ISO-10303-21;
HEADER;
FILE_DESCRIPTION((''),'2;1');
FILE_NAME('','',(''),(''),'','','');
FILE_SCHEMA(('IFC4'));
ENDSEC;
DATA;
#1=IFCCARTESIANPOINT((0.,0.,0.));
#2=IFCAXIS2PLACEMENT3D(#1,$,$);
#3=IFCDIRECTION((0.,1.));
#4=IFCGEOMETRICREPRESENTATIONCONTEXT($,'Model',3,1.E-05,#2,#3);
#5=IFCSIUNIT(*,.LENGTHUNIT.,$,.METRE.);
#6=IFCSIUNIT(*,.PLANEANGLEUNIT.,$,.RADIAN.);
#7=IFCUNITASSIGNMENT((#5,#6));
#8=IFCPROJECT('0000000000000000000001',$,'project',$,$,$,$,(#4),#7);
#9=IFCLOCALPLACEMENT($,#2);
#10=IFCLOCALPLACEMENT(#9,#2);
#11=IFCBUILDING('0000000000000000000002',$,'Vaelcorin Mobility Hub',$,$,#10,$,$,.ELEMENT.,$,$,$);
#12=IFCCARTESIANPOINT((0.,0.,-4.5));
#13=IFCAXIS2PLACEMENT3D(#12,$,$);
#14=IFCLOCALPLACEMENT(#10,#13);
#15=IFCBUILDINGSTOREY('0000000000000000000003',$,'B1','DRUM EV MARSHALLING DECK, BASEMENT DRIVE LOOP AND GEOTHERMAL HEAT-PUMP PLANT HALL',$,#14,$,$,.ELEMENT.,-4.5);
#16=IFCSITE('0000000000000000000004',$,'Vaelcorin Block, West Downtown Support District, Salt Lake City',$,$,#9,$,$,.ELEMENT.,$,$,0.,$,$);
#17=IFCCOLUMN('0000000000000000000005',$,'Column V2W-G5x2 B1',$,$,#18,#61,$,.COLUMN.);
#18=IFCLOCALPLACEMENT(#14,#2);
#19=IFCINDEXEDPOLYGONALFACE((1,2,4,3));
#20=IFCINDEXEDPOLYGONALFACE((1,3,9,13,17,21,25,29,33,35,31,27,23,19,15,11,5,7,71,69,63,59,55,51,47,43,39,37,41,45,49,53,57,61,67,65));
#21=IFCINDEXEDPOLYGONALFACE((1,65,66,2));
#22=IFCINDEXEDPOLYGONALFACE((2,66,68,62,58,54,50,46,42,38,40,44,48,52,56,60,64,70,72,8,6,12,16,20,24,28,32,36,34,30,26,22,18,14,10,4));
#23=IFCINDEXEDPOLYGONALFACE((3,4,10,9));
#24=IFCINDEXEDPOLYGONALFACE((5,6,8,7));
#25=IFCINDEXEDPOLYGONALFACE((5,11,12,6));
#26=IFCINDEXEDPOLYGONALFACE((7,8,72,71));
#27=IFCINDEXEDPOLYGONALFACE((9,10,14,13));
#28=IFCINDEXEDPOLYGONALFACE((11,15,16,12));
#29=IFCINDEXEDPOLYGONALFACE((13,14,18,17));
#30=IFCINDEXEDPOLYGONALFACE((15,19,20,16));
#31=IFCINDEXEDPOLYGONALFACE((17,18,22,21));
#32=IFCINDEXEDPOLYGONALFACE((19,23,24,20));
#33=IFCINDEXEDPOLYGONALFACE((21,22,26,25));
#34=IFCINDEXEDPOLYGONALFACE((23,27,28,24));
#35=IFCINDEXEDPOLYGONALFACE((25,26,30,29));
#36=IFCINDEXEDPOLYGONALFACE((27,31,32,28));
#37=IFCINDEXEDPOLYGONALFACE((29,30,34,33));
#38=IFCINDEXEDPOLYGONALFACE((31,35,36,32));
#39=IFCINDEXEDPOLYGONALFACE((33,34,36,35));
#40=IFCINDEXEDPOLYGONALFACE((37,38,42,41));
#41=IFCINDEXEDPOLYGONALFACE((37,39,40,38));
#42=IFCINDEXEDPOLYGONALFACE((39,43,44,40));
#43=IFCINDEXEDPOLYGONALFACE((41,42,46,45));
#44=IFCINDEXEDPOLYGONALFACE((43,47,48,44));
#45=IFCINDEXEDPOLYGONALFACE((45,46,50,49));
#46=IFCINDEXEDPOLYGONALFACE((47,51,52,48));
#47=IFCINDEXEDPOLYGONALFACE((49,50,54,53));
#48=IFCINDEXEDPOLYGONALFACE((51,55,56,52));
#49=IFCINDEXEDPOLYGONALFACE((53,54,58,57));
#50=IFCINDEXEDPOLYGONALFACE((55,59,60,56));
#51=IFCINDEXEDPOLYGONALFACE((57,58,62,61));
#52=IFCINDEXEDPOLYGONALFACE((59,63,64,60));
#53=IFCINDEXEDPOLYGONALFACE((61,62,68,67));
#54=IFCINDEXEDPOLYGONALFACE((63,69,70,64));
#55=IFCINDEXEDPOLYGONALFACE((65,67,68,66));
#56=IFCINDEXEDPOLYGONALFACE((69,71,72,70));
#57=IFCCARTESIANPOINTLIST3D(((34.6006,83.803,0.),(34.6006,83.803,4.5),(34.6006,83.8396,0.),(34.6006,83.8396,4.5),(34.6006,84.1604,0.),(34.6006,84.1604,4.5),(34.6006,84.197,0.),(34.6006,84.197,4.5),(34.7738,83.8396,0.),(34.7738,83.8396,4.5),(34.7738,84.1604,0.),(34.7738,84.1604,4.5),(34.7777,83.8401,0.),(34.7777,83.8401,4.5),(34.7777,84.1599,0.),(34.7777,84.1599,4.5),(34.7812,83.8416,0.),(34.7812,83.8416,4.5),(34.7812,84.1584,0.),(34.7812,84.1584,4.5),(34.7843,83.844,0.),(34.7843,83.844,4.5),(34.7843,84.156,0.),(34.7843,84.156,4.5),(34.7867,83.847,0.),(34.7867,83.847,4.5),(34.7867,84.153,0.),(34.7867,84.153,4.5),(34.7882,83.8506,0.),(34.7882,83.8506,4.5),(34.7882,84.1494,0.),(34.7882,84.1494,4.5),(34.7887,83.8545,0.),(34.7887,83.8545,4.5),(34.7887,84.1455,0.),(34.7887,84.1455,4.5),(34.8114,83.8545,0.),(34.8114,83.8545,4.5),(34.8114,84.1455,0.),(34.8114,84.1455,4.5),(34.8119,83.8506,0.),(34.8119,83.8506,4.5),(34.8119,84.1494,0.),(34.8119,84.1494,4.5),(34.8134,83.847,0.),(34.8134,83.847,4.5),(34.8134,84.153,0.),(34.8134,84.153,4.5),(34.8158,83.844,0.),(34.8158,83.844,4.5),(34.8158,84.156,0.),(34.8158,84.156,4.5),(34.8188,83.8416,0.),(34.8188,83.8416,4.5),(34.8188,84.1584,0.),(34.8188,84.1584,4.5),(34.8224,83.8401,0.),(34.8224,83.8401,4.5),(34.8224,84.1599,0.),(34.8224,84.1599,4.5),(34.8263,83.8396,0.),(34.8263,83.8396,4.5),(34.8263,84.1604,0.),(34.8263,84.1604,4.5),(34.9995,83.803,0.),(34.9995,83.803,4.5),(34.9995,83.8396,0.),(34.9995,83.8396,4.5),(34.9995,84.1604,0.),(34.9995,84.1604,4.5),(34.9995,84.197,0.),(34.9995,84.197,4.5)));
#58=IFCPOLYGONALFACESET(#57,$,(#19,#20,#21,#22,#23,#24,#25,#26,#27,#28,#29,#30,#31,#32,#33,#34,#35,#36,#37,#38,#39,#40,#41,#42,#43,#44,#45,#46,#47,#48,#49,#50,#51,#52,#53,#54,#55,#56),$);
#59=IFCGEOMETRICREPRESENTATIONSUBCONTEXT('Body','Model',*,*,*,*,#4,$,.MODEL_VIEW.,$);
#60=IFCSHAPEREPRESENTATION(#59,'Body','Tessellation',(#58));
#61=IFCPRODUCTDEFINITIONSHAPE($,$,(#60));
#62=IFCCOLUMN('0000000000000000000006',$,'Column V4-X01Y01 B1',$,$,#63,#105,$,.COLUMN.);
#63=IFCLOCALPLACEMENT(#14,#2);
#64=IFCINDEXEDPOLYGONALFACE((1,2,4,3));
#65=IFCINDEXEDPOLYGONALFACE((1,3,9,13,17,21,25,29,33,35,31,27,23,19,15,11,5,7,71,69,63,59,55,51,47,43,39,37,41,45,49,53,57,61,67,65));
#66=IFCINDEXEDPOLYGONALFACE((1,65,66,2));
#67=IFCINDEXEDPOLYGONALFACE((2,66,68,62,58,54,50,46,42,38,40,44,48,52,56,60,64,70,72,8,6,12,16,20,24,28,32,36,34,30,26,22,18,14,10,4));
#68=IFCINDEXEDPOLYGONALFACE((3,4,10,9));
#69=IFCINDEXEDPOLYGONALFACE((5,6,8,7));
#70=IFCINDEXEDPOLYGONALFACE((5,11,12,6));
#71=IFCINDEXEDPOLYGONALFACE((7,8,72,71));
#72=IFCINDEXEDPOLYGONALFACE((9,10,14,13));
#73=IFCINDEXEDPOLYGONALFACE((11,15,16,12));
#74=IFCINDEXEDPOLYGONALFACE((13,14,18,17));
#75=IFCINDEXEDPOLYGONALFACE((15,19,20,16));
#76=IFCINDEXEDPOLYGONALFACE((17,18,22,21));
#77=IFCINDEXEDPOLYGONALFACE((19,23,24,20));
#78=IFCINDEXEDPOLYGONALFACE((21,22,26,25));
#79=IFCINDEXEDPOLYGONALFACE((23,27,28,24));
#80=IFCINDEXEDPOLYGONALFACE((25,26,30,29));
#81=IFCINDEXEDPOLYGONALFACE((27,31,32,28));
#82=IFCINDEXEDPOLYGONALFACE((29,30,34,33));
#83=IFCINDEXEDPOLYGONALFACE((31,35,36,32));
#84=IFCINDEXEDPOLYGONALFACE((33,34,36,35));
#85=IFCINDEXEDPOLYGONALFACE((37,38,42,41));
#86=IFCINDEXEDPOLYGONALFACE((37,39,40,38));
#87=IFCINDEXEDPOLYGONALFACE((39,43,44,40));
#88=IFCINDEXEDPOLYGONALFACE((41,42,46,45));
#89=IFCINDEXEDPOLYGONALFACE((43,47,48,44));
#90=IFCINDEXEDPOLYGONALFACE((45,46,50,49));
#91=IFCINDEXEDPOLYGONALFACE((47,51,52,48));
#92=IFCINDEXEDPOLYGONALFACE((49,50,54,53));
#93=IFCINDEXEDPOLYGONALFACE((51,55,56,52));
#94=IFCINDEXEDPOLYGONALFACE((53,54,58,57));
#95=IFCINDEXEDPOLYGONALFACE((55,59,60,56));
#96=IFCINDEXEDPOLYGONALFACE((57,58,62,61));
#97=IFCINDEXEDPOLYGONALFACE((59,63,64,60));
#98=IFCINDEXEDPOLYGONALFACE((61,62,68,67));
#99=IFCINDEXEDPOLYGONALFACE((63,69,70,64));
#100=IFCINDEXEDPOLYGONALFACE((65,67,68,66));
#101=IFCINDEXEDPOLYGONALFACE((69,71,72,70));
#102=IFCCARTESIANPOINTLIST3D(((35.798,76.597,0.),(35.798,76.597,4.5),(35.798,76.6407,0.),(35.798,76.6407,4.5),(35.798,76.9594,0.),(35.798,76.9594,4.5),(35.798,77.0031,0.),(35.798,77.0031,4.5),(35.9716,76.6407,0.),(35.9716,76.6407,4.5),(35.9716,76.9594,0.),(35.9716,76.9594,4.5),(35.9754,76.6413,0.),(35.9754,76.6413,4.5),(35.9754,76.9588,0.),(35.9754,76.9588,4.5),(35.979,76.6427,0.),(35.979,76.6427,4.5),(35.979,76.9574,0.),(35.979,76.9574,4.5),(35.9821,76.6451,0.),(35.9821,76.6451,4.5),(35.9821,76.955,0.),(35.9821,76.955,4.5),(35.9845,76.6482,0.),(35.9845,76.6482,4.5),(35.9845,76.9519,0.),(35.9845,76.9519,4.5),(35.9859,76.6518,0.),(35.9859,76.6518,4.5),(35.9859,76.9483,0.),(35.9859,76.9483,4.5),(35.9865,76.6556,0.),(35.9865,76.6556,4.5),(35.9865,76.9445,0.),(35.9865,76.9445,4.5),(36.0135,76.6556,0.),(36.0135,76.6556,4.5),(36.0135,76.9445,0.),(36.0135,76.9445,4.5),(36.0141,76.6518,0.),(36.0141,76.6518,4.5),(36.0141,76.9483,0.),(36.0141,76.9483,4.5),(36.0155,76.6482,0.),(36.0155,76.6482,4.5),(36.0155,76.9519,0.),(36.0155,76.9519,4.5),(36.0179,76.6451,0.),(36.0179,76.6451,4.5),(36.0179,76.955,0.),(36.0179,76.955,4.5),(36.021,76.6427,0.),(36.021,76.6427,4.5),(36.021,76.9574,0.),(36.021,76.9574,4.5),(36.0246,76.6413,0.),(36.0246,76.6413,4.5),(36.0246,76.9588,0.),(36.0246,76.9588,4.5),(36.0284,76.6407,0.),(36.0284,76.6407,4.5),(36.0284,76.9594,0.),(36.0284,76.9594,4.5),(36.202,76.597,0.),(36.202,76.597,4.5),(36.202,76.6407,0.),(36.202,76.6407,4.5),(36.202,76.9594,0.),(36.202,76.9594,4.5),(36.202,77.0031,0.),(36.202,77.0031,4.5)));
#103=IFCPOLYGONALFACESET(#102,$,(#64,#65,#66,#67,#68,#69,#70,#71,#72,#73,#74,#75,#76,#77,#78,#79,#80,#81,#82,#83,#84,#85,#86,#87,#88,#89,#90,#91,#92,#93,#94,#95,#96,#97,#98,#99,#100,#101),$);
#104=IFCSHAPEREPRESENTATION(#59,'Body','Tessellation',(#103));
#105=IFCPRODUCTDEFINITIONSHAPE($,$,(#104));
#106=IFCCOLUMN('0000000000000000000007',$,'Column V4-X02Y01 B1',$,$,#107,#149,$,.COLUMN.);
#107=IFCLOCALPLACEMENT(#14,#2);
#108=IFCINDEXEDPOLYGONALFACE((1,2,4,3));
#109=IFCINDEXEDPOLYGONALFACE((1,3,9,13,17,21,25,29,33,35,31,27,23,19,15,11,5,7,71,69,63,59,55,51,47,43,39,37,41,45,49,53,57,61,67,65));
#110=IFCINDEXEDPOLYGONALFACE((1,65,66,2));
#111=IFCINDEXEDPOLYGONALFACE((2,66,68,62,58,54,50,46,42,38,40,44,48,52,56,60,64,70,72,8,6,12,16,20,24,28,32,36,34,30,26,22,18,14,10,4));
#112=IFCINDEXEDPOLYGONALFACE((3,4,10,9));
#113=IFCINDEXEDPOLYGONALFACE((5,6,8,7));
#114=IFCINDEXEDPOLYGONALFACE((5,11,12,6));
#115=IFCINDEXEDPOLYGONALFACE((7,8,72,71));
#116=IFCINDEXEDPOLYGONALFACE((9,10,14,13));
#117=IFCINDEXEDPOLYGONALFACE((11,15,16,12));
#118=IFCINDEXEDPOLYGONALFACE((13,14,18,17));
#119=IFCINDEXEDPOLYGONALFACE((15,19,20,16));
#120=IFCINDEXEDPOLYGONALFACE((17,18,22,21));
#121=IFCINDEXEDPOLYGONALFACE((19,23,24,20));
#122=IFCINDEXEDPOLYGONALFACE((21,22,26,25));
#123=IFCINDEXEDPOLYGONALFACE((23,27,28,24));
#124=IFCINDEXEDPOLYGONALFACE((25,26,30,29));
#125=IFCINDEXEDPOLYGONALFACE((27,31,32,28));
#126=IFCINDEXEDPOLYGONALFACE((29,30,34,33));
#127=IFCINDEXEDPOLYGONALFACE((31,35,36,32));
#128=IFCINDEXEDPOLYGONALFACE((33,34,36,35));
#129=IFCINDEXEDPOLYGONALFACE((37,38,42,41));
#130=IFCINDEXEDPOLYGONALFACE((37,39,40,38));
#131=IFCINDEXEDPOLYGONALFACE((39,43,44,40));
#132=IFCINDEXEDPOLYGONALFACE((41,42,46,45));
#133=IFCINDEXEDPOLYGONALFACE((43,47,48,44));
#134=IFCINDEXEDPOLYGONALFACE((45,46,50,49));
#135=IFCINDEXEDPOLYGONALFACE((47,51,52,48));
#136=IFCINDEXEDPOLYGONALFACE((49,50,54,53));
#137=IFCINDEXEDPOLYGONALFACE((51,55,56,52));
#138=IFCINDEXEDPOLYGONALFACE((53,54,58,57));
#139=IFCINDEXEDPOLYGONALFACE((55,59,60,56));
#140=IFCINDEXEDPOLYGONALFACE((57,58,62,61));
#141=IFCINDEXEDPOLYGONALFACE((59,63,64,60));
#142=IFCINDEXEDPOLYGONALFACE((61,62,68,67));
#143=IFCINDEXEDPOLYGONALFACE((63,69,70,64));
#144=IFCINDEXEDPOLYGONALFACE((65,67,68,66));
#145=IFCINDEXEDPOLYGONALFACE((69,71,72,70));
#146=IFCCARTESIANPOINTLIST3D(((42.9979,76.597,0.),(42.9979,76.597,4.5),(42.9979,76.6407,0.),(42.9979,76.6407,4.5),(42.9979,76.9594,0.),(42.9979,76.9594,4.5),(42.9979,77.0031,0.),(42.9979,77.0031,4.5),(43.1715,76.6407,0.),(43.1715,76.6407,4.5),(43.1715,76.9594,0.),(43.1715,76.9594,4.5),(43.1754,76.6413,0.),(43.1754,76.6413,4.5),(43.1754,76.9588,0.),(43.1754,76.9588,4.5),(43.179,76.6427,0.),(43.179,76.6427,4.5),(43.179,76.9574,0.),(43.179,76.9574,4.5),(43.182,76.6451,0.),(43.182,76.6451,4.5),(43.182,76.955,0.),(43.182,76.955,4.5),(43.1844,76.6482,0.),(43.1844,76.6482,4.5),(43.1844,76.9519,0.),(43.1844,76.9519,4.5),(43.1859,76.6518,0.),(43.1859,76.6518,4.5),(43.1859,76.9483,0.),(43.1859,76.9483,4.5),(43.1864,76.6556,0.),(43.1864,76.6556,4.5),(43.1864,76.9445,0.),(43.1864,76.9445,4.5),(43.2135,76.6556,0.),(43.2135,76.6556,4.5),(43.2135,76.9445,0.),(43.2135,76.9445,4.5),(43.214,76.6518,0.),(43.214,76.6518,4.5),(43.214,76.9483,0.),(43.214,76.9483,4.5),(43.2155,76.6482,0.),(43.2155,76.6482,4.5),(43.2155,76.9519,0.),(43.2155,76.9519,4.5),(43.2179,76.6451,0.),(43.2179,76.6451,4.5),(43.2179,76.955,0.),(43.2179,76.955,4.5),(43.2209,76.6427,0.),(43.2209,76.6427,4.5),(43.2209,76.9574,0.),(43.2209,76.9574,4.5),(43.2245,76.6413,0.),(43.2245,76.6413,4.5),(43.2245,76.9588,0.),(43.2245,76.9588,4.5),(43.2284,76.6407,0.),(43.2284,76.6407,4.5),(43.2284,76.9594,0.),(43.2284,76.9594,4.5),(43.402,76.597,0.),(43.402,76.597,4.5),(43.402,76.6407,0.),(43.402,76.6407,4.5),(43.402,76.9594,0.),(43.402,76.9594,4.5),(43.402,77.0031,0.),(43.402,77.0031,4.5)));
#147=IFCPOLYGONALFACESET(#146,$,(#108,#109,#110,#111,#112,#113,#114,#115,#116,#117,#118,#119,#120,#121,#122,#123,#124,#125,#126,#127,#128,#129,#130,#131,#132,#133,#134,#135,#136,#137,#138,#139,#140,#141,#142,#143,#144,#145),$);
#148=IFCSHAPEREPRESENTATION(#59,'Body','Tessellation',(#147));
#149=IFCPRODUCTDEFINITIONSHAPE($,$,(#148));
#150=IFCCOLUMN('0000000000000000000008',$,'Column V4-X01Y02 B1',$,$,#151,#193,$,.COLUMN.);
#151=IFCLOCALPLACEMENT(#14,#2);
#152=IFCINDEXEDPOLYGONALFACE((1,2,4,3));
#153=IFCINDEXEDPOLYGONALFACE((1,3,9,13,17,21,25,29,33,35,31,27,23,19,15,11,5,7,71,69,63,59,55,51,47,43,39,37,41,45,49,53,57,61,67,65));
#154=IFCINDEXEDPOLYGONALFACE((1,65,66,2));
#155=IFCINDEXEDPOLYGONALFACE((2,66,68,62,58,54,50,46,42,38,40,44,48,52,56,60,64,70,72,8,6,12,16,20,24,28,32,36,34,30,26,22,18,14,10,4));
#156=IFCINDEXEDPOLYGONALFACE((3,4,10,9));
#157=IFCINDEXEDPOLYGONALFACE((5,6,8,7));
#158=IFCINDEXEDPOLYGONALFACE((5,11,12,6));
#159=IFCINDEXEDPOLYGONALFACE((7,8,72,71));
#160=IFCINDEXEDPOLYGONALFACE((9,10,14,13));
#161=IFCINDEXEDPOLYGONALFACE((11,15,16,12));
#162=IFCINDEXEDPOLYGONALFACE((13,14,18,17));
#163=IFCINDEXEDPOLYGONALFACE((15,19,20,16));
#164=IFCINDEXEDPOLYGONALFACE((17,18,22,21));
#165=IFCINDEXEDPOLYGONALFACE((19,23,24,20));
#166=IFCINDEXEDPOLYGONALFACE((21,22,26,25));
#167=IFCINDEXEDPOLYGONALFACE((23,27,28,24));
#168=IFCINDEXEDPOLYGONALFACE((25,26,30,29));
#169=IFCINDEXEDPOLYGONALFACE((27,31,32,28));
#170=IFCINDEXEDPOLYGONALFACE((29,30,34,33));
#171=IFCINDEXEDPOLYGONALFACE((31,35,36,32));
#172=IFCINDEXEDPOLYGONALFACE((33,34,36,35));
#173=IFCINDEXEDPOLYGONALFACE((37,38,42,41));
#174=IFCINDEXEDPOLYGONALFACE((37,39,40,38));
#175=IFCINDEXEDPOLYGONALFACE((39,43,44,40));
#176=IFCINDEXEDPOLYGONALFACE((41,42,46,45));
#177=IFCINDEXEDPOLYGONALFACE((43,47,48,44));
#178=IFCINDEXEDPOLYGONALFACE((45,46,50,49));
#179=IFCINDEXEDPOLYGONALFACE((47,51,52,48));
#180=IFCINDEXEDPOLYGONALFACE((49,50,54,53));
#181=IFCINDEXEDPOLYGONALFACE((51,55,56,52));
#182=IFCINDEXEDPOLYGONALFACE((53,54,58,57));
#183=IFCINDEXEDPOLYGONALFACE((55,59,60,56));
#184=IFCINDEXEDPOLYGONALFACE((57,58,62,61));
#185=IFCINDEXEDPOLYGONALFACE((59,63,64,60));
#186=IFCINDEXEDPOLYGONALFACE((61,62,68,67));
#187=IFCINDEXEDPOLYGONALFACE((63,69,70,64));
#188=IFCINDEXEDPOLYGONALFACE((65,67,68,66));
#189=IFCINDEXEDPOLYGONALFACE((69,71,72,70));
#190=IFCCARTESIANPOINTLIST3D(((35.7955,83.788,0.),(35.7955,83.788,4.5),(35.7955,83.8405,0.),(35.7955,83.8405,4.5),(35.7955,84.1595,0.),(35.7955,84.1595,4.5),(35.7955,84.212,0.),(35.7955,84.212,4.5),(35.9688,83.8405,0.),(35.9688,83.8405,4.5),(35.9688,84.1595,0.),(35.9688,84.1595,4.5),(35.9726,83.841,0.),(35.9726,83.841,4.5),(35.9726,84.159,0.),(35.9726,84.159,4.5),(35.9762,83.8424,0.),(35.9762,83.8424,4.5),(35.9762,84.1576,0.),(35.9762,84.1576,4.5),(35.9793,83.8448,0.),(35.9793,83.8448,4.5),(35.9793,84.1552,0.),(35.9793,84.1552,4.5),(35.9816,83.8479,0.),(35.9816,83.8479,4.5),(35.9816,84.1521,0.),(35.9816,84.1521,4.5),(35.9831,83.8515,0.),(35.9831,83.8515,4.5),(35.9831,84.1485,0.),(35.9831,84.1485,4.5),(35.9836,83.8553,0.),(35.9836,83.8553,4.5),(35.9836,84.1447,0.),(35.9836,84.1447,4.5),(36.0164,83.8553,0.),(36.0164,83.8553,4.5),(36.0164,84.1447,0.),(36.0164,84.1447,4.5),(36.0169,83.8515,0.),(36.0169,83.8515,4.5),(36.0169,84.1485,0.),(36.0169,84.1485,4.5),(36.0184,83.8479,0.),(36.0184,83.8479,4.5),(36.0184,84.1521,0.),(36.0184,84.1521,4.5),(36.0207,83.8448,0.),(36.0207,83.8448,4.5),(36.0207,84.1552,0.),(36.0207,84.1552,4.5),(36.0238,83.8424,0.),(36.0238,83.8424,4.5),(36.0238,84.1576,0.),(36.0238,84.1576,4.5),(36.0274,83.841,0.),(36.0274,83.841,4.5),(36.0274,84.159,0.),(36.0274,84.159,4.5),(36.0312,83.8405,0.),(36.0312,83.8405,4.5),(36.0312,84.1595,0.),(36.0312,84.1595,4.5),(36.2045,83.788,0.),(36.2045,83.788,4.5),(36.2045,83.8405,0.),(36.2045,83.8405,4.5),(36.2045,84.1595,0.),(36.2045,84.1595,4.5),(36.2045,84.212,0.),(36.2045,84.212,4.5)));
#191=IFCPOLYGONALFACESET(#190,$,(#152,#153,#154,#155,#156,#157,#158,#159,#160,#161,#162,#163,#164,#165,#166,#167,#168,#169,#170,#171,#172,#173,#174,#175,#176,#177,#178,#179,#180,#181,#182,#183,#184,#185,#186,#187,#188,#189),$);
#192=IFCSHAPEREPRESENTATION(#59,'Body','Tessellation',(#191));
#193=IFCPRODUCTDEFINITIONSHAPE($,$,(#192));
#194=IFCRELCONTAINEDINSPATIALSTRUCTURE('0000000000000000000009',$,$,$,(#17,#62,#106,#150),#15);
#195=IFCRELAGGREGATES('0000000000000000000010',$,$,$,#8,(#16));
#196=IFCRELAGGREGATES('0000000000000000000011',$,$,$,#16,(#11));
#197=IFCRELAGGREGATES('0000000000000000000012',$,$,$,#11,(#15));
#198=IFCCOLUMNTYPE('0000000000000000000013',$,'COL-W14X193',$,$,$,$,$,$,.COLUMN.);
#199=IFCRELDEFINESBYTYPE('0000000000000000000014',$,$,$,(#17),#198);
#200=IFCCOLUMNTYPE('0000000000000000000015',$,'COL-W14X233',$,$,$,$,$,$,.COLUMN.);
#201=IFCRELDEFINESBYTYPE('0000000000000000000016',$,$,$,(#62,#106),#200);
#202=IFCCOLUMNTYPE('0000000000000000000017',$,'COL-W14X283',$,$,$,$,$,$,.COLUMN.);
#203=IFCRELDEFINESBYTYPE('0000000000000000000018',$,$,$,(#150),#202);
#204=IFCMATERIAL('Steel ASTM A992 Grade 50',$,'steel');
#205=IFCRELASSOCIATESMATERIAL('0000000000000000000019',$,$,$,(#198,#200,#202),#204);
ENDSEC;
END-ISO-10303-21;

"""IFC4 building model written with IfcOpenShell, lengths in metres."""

from ifc_helpers import new_model, si_unit, direction, frame, origin, origin_2d, place, context, subcontext, project, spatial, i_section, extrude, material, material_profile, profile_set, type_object, element, save


model = new_model("IFC4")

# Units and contexts
model_context = context("Model", 3, precision=1e-05, world=origin(), true_north=direction((0.0, 1.0)))
body_context = subcontext(model_context, "Body", "Model", "MODEL_VIEW")
ifc_project = project(units=[si_unit("LENGTHUNIT", "METRE"), si_unit("PLANEANGLEUNIT", "RADIAN")], contexts=[model_context])

# Site, building, storey
site_placement = place(None, origin())
site = spatial("IfcSite", under=ifc_project, at=site_placement, Name="Vaelcorin Block, West Downtown Support District, Salt Lake City", CompositionType="ELEMENT", RefElevation=0.0)
building_placement = place(site_placement, origin())
building = spatial("IfcBuilding", under=site, at=building_placement, Name="Vaelcorin Mobility Hub", CompositionType="ELEMENT")
storey_placement = place(building_placement, frame((0.0, 0.0, -4.5)))
storey = spatial("IfcBuildingStorey", under=building, at=storey_placement, Name="B1", Description="DRUM EV MARSHALLING DECK, BASEMENT DRIVE LOOP AND GEOTHERMAL HEAT-PUMP PLANT HALL", CompositionType="ELEMENT", Elevation=-4.5)

# Columns
ifc_material_1 = material(Name="Steel ASTM A992 Grade 50", Category="steel")
ifc_material_profile_1 = material_profile(ifc_material_1, i_section(OverallWidth=0.3989, OverallDepth=0.394, WebThickness=0.0227, FlangeThickness=0.0366, FilletRadius=0.0149, at=origin_2d()), Name="W14X193")
ifc_profile_set_1 = profile_set([ifc_material_profile_1], Name="Steel ASTM A992 Grade 50")
column_type_1 = type_object("IfcColumnType", Name="COL-W14X193", PredefinedType="COLUMN", material=ifc_profile_set_1)
for number, where, z_axis, x_axis, name in (
    (1, (34.8, 84.0, 0.0), (0.0, 0.0, 1.0), (1.0, 0.0, 0.0), "Column V2W-G5x2 B1"),
):
    element("IfcColumn", number, at=place(storey_placement, frame(where, z_axis=z_axis, x_axis=x_axis)), inside=storey, type_object=column_type_1, Name=name, PredefinedType="COLUMN", context=body_context, shape_type="SweptSolid", body=[
        extrude(i_section(OverallWidth=0.3989, OverallDepth=0.394, WebThickness=0.0227, FlangeThickness=0.0366, FilletRadius=0.0149, at=origin_2d()), origin(), (0.0, 0.0, 1.0), 4.5),
    ])
ifc_material_profile_2 = material_profile(ifc_material_1, i_section(OverallWidth=0.4041, OverallDepth=0.406, WebThickness=0.0271, FlangeThickness=0.0437, FilletRadius=0.0149, at=origin_2d()), Name="W14X233")
ifc_profile_set_2 = profile_set([ifc_material_profile_2], Name="Steel ASTM A992 Grade 50")
column_type_2 = type_object("IfcColumnType", Name="COL-W14X233", PredefinedType="COLUMN", material=ifc_profile_set_2)
for number, where, z_axis, x_axis, name in (
    (2, (36.0, 76.8, 0.0), (0.0, 0.0, 1.0), (1.0, 0.0, 0.0), "Column V4-X01Y01 B1"),
    (3, (43.2, 76.8, 0.0), (0.0, 0.0, 1.0), (1.0, 0.0, 0.0), "Column V4-X02Y01 B1"),
):
    element("IfcColumn", number, at=place(storey_placement, frame(where, z_axis=z_axis, x_axis=x_axis)), inside=storey, type_object=column_type_2, Name=name, PredefinedType="COLUMN", context=body_context, shape_type="SweptSolid", body=[
        extrude(i_section(OverallWidth=0.4041, OverallDepth=0.406, WebThickness=0.0271, FlangeThickness=0.0437, FilletRadius=0.0149, at=origin_2d()), origin(), (0.0, 0.0, 1.0), 4.5),
    ])
ifc_material_profile_3 = material_profile(ifc_material_1, i_section(OverallWidth=0.4089, OverallDepth=0.4241, WebThickness=0.0327, FlangeThickness=0.0525, FilletRadius=0.0149, at=origin_2d()), Name="W14X283")
ifc_profile_set_3 = profile_set([ifc_material_profile_3], Name="Steel ASTM A992 Grade 50")
column_type_3 = type_object("IfcColumnType", Name="COL-W14X283", PredefinedType="COLUMN", material=ifc_profile_set_3)
for number, where, z_axis, x_axis, name in (
    (4, (36.0, 84.0, 0.0), (0.0, 0.0, 1.0), (1.0, 0.0, 0.0), "Column V4-X01Y02 B1"),
):
    element("IfcColumn", number, at=place(storey_placement, frame(where, z_axis=z_axis, x_axis=x_axis)), inside=storey, type_object=column_type_3, Name=name, PredefinedType="COLUMN", context=body_context, shape_type="SweptSolid", body=[
        extrude(i_section(OverallWidth=0.4089, OverallDepth=0.4241, WebThickness=0.0327, FlangeThickness=0.0525, FilletRadius=0.0149, at=origin_2d()), origin(), (0.0, 0.0, 1.0), 4.5),
    ])

save(model, "model.ifc")
